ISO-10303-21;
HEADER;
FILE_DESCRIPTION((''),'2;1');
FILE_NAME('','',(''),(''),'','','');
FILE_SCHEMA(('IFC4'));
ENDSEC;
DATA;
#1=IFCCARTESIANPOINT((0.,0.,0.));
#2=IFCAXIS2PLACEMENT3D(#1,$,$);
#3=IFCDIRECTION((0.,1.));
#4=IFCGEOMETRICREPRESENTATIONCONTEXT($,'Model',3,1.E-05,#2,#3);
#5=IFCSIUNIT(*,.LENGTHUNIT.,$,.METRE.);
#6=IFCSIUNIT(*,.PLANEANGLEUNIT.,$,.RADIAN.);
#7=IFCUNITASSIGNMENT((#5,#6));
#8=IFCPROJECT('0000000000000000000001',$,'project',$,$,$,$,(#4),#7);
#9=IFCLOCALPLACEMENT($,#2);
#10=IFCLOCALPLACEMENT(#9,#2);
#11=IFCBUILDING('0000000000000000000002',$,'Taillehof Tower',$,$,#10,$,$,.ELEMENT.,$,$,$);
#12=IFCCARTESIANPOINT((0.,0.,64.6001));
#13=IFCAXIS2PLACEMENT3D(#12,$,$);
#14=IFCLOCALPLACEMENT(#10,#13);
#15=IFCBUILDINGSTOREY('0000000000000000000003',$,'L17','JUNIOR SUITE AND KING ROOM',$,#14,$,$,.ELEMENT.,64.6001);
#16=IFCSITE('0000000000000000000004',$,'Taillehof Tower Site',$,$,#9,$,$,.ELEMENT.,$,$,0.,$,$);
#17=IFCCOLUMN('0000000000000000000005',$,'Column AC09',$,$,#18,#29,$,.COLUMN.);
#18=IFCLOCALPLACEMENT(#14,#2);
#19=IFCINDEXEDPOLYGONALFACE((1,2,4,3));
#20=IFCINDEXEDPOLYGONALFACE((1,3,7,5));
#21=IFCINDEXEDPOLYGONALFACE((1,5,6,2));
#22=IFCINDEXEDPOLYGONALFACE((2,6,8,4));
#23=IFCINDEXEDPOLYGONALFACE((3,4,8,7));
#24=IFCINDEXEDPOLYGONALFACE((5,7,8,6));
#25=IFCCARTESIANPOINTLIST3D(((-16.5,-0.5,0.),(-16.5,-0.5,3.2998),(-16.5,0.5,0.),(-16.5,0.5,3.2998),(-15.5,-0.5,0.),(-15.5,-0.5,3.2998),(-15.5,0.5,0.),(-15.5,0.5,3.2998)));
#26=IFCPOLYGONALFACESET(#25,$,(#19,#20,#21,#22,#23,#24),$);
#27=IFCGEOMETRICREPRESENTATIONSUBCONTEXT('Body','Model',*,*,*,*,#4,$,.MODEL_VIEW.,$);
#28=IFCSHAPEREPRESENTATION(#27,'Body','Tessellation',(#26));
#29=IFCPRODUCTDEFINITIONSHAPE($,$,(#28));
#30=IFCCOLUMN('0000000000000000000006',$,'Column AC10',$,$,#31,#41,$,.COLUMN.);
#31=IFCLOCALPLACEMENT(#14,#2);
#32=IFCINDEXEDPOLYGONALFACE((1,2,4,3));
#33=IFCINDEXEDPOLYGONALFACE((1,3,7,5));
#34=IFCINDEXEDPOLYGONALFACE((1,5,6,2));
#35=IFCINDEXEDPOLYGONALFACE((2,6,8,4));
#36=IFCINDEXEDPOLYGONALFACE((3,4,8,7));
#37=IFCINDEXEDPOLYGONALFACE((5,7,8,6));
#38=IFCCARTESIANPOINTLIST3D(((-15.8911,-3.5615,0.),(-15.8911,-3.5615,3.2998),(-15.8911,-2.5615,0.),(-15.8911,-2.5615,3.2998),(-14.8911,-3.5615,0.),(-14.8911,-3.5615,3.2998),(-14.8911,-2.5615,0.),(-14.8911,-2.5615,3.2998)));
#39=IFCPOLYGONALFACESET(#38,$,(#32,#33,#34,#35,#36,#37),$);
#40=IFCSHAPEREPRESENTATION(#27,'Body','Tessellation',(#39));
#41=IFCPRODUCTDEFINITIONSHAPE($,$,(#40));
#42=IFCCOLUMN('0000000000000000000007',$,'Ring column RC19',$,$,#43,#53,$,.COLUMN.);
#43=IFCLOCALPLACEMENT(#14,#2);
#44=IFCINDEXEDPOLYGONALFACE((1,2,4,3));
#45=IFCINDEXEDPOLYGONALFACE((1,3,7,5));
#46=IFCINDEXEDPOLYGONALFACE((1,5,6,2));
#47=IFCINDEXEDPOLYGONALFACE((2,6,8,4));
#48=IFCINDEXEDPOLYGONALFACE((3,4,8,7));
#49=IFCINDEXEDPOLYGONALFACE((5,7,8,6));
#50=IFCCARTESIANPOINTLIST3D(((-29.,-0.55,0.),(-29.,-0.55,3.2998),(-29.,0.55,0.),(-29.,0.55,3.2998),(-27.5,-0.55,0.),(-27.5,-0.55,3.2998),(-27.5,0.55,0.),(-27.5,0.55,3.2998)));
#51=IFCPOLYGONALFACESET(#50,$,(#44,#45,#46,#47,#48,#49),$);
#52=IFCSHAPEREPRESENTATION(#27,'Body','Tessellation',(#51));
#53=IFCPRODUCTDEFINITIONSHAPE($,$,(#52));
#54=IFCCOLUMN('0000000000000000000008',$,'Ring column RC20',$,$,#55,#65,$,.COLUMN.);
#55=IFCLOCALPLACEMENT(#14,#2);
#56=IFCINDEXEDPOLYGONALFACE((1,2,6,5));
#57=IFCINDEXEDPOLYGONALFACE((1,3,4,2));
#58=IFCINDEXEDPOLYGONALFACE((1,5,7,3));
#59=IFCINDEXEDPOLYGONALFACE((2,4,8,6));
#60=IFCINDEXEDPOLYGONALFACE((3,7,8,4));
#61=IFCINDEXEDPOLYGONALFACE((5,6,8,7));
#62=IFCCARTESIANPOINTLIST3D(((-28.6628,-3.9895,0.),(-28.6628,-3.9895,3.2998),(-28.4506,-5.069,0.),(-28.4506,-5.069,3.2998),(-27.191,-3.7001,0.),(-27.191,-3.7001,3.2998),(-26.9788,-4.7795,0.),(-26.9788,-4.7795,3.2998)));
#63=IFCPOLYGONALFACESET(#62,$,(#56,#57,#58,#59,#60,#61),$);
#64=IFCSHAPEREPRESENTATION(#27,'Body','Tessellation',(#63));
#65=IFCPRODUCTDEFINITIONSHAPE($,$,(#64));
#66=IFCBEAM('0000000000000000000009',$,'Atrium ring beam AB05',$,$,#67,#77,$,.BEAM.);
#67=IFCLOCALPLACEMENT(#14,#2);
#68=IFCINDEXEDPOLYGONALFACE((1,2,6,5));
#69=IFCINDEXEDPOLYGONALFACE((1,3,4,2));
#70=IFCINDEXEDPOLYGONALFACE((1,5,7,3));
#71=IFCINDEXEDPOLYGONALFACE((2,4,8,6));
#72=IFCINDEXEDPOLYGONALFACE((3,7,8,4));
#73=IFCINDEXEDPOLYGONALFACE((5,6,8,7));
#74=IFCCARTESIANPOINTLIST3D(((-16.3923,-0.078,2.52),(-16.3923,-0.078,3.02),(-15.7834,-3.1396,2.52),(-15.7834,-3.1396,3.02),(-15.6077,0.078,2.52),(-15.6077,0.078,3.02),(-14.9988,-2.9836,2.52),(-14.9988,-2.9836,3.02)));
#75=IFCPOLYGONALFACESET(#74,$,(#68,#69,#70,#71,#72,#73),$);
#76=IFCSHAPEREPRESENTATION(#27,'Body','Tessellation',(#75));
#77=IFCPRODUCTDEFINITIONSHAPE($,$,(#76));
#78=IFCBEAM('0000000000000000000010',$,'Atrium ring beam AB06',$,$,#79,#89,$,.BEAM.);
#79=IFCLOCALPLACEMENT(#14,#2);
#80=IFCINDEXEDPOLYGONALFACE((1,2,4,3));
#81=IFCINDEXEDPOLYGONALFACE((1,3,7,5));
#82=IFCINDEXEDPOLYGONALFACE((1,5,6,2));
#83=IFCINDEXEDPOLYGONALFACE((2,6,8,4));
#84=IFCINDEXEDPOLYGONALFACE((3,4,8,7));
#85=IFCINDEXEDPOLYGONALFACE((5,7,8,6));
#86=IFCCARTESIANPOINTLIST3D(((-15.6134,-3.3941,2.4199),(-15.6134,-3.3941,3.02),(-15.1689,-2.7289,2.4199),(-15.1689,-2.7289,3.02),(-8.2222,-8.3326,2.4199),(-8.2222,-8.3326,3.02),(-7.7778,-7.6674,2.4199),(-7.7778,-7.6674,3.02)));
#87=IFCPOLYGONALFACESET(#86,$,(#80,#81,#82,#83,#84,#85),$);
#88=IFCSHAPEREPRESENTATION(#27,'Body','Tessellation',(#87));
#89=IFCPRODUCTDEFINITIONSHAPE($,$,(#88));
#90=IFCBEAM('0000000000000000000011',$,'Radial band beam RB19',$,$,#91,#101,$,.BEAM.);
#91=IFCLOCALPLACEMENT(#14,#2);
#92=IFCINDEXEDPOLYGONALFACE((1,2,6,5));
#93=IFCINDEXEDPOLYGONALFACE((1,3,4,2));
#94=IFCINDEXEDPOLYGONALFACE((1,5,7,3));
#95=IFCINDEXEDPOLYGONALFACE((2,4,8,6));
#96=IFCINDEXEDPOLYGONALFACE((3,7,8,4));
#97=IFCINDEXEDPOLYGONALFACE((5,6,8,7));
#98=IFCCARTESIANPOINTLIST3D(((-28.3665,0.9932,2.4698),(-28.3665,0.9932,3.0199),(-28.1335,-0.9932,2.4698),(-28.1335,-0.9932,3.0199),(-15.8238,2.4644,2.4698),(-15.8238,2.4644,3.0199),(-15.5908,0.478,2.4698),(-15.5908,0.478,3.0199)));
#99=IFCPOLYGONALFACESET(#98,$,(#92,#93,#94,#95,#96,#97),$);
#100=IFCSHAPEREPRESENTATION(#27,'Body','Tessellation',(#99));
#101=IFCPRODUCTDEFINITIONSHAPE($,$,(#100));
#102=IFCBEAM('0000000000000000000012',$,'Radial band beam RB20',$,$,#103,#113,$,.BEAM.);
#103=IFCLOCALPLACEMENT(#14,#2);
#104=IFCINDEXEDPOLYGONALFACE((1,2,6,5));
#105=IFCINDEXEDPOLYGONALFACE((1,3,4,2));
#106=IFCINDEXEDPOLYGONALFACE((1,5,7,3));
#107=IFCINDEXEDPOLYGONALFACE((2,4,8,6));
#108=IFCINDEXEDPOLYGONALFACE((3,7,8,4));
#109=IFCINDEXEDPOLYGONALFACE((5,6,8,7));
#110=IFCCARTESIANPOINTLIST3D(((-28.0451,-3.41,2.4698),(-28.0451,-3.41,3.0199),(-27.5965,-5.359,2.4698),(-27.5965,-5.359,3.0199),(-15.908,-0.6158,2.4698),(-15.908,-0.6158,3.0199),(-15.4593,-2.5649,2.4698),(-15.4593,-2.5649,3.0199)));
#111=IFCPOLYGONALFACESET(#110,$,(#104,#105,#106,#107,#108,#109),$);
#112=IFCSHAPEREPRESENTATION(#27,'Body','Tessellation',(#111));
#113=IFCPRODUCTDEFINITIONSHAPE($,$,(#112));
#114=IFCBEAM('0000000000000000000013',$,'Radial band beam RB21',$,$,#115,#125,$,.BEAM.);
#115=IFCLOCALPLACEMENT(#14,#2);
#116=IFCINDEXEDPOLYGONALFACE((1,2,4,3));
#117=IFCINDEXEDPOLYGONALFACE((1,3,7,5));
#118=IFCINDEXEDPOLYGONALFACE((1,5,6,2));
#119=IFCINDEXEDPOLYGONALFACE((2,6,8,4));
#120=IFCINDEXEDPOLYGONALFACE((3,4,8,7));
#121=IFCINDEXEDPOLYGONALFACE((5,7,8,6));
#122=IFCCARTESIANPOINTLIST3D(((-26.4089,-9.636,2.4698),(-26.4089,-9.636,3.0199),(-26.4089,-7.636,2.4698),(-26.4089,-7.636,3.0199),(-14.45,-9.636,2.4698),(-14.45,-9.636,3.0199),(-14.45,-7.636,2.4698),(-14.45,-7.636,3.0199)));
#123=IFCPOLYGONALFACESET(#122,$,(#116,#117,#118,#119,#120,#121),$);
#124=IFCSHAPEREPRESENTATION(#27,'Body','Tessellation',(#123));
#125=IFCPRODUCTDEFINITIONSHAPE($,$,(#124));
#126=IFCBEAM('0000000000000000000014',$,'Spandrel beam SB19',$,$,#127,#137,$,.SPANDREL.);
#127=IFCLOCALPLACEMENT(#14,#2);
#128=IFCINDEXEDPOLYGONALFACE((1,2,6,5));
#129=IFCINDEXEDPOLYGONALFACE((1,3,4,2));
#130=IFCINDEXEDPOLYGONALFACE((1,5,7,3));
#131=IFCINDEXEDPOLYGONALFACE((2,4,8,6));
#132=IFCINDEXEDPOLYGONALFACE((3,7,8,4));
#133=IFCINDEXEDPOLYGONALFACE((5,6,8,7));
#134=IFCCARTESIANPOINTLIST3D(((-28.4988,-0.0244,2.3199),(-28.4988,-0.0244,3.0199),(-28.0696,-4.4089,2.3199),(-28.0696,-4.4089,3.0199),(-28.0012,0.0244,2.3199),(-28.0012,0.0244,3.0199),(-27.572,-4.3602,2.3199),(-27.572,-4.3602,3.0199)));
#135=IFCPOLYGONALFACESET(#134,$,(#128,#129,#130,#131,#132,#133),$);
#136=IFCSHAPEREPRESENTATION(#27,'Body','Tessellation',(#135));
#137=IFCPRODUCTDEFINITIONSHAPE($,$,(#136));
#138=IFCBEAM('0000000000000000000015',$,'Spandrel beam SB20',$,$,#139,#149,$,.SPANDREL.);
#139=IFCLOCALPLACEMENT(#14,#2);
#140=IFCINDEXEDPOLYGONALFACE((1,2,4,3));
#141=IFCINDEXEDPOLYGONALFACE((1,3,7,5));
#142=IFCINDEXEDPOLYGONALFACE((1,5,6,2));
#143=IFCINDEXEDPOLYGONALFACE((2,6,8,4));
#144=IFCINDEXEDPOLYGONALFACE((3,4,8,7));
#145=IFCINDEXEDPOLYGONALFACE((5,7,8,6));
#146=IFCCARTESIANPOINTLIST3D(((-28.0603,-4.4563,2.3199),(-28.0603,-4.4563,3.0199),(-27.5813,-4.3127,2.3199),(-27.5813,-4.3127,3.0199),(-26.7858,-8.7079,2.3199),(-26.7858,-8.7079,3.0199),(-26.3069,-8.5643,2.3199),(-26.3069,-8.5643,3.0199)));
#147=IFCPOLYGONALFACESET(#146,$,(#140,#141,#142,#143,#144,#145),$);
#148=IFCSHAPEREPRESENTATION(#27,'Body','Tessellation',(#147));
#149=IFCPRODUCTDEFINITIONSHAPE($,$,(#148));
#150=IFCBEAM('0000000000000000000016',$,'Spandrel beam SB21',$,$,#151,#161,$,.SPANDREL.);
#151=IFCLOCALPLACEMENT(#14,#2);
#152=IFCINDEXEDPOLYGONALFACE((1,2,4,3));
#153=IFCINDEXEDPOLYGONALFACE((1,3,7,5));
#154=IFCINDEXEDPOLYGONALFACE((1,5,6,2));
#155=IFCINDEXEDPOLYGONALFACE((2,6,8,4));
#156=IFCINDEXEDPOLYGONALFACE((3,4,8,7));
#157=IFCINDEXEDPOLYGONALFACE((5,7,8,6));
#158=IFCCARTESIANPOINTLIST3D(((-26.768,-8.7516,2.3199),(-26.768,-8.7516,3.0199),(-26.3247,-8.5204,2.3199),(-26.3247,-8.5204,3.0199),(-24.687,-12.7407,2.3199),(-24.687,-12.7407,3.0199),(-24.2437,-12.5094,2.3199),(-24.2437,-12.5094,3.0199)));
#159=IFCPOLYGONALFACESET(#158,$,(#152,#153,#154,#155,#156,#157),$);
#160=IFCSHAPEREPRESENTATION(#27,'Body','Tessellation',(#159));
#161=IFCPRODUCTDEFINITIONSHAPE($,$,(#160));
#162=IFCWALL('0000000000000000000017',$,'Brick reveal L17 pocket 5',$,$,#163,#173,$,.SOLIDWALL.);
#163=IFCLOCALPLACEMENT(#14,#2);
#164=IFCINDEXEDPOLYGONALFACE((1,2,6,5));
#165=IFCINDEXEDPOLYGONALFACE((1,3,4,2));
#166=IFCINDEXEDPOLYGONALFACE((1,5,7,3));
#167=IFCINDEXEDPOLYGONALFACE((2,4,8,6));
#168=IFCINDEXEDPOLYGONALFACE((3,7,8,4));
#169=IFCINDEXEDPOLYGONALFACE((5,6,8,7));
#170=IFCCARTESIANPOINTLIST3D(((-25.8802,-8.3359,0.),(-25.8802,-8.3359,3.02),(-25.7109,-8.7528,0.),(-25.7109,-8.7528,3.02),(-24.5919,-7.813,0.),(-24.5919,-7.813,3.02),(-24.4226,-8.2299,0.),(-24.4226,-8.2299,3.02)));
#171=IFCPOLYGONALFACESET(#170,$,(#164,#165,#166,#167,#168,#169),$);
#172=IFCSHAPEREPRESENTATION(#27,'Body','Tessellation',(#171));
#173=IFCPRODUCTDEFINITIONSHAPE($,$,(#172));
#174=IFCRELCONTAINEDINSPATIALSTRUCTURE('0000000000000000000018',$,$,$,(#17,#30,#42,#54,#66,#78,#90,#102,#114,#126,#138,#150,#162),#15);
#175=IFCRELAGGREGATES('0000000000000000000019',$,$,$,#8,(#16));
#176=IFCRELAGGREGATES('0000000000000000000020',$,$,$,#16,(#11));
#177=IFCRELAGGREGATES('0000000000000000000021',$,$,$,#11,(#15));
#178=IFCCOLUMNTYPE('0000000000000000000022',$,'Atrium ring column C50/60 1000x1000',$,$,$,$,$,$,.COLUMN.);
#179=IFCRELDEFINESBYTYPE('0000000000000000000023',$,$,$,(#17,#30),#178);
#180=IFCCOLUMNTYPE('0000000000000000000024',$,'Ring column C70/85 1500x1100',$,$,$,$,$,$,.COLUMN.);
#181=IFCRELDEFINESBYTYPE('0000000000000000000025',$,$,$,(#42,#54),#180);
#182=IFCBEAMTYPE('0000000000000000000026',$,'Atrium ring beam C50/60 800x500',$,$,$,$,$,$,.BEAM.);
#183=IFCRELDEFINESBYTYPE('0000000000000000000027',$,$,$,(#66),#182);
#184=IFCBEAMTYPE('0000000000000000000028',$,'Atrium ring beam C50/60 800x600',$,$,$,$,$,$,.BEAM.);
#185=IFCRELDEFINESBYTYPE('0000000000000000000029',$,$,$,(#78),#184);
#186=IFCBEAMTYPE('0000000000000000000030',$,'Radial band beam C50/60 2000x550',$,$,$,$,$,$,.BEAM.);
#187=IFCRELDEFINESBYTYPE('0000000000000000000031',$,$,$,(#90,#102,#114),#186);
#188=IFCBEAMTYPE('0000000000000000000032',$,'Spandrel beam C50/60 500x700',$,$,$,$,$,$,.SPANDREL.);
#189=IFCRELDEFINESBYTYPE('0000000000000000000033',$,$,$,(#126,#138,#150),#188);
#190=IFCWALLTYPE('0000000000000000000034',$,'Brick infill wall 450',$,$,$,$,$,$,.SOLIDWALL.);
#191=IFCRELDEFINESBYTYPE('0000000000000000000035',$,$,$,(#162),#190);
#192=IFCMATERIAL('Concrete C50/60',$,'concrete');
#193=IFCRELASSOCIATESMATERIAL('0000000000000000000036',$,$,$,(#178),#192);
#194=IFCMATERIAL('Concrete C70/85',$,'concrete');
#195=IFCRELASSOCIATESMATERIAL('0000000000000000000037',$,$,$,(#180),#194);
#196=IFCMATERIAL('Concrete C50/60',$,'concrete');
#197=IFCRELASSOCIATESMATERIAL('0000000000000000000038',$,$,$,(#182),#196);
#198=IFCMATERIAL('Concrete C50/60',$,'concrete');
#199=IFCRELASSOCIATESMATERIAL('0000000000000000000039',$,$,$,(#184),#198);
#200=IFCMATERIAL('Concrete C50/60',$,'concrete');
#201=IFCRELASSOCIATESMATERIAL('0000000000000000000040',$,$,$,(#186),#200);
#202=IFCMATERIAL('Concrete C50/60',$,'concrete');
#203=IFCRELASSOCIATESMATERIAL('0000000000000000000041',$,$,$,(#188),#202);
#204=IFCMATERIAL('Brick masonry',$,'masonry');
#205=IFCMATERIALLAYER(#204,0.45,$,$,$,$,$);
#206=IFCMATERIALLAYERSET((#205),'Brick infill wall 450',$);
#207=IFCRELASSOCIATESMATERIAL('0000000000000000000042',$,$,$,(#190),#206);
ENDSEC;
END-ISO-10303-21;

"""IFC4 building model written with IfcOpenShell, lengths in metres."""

from ifc_helpers import new_model, si_unit, direction, frame, frame_2d, origin, origin_2d, place, context, subcontext, project, spatial, rectangle, extrude, material, layer, layer_set, material_profile, profile_set, type_object, element, save


model = new_model("IFC4")

# Units and contexts
model_context = context("Model", 3, precision=1e-05, world=origin(), true_north=direction((0.0, 1.0)))
body_context = subcontext(model_context, "Body", "Model", "MODEL_VIEW")
ifc_project = project(units=[si_unit("LENGTHUNIT", "METRE"), si_unit("PLANEANGLEUNIT", "RADIAN")], contexts=[model_context])

# Site, building, storey
site_placement = place(None, origin())
site = spatial("IfcSite", under=ifc_project, at=site_placement, Name="Taillehof Tower Site", CompositionType="ELEMENT", RefElevation=0.0)
building_placement = place(site_placement, origin())
building = spatial("IfcBuilding", under=site, at=building_placement, Name="Taillehof Tower", CompositionType="ELEMENT")
storey_placement = place(building_placement, frame((0.0, 0.0, 64.6001)))
storey = spatial("IfcBuildingStorey", under=building, at=storey_placement, Name="L17", Description="JUNIOR SUITE AND KING ROOM", CompositionType="ELEMENT", Elevation=64.6001)

# Columns
ifc_material_1 = material(Name="Concrete C50/60", Category="concrete")
ifc_material_profile_1 = material_profile(ifc_material_1, rectangle(XDim=1.0, YDim=1.0, at=origin_2d()), Name="RC 1000x1000")
ifc_profile_set_1 = profile_set([ifc_material_profile_1], Name="Concrete C50/60")
column_type_1 = type_object("IfcColumnType", Name="Atrium ring column C50/60 1000x1000", PredefinedType="COLUMN", material=ifc_profile_set_1)
for number, where, z_axis, x_axis, name in (
    (1, (-16.0, 0.0, 0.0), (0.0, 0.0, 1.0), (1.0, 0.0, 0.0), "Column AC09"),
    (2, (-15.3911, -3.0615, 0.0), (0.0, 0.0, 1.0), (1.0, 0.0, 0.0), "Column AC10"),
):
    element("IfcColumn", number, at=place(storey_placement, frame(where, z_axis=z_axis, x_axis=x_axis)), inside=storey, type_object=column_type_1, Name=name, PredefinedType="COLUMN", context=body_context, shape_type="SweptSolid", body=[
        extrude(rectangle(XDim=1.0, YDim=1.0, at=origin_2d()), origin(), (0.0, 0.0, 1.0), 3.2998),
    ])
ifc_material_2 = material(Name="Concrete C70/85", Category="concrete")
ifc_material_profile_2 = material_profile(ifc_material_2, rectangle(XDim=1.5, YDim=1.1001, at=origin_2d()), Name="RC 1500x1100")
ifc_profile_set_2 = profile_set([ifc_material_profile_2], Name="Concrete C70/85")
column_type_2 = type_object("IfcColumnType", Name="Ring column C70/85 1500x1100", PredefinedType="COLUMN", material=ifc_profile_set_2)
for number, where, z_axis, x_axis, name in (
    (3, (-28.25, 0.0, 0.0), (0.0, 0.0, 1.0), (-1.0, 0.0, 0.0), "Ring column RC19"),
    (4, (-27.8208, -4.3845, 0.0), (0.0, 0.0, 1.0), (-0.981204, -0.192976, 0.0), "Ring column RC20"),
):
    element("IfcColumn", number, at=place(storey_placement, frame(where, z_axis=z_axis, x_axis=x_axis)), inside=storey, type_object=column_type_2, Name=name, PredefinedType="COLUMN", context=body_context, shape_type="SweptSolid", body=[
        extrude(rectangle(XDim=1.5, YDim=1.1001, at=origin_2d()), origin(), (0.0, 0.0, 1.0), 3.2998),
    ])

# Beams
ifc_material_3 = material(Name="Concrete C50/60", Category="concrete")
ifc_material_profile_3 = material_profile(ifc_material_3, rectangle(XDim=0.8, YDim=0.5, at=origin_2d()), Name="RC 800x500")
ifc_profile_set_3 = profile_set([ifc_material_profile_3], Name="Concrete C50/60")
beam_type_1 = type_object("IfcBeamType", Name="Atrium ring beam C50/60 800x500", PredefinedType="BEAM", material=ifc_profile_set_3)
beam_1_placement = place(storey_placement, frame((-16.0, 0.0, 2.77), z_axis=(0.195063, -0.980791, 0.0), x_axis=(0.980791, 0.195063, 0.0)))
element("IfcBeam", 5, at=beam_1_placement, inside=storey, type_object=beam_type_1, Name="Atrium ring beam AB05", PredefinedType="BEAM", context=body_context, shape_type="SweptSolid", body=[
    extrude(rectangle(XDim=0.8, YDim=0.5, at=origin_2d()), origin(), (0.0, 0.0, 1.0), 3.1216),
])
ifc_material_4 = material(Name="Concrete C50/60", Category="concrete")
ifc_material_profile_4 = material_profile(ifc_material_4, rectangle(XDim=0.8, YDim=0.6001, at=origin_2d()), Name="RC 800x600")
ifc_profile_set_4 = profile_set([ifc_material_profile_4], Name="Concrete C50/60")
beam_type_2 = type_object("IfcBeamType", Name="Atrium ring beam C50/60 800x600", PredefinedType="BEAM", material=ifc_profile_set_4)
beam_2_placement = place(storey_placement, frame((-15.3911, -3.0615, 2.72), z_axis=(0.831475, -0.555562, 0.0), x_axis=(0.555562, 0.831475, 0.0)))
element("IfcBeam", 6, at=beam_2_placement, inside=storey, type_object=beam_type_2, Name="Atrium ring beam AB06", PredefinedType="BEAM", context=body_context, shape_type="SweptSolid", body=[
    extrude(rectangle(XDim=0.8, YDim=0.6001, at=origin_2d()), origin(), (0.0, 0.0, 1.0), 8.8892),
])
ifc_material_5 = material(Name="Concrete C50/60", Category="concrete")
ifc_material_profile_5 = material_profile(ifc_material_5, rectangle(XDim=2.0, YDim=0.55, at=origin_2d()), Name="RC 2000x550")
ifc_profile_set_5 = profile_set([ifc_material_profile_5], Name="Concrete C50/60")
beam_type_3 = type_object("IfcBeamType", Name="Radial band beam C50/60 2000x550", PredefinedType="BEAM", material=ifc_profile_set_5)
beam_3_placement = place(storey_placement, frame((-28.25, 0.0, 2.7449), z_axis=(0.993191, 0.116496, 0.0), x_axis=(-0.116496, 0.993191, 0.0)))
element("IfcBeam", 7, at=beam_3_placement, inside=storey, type_object=beam_type_3, Name="Radial band beam RB19", PredefinedType="BEAM", context=body_context, shape_type="SweptSolid", body=[
    extrude(rectangle(XDim=2.0, YDim=0.55, at=origin_2d()), origin(), (0.0, 0.0, 1.0), 12.6287),
])
beam_4_placement = place(storey_placement, frame((-27.8208, -4.3845, 2.7449), z_axis=(0.974509, 0.224348, 0.0), x_axis=(-0.224348, 0.974509, 0.0)))
element("IfcBeam", 8, at=beam_4_placement, inside=storey, type_object=beam_type_3, Name="Radial band beam RB20", PredefinedType="BEAM", context=body_context, shape_type="SweptSolid", body=[
    extrude(rectangle(XDim=2.0, YDim=0.55, at=origin_2d()), origin(), (0.0, 0.0, 1.0), 12.4546),
])
beam_5_placement = place(storey_placement, frame((-26.4089, -8.636, 2.7449), z_axis=(1.0, 0.0, 0.0), x_axis=(0.0, 1.0, 0.0)))
element("IfcBeam", 9, at=beam_5_placement, inside=storey, type_object=beam_type_3, Name="Radial band beam RB21", PredefinedType="BEAM", context=body_context, shape_type="SweptSolid", body=[
    extrude(rectangle(XDim=2.0, YDim=0.55, at=origin_2d()), origin(), (0.0, 0.0, 1.0), 11.959),
])
ifc_material_6 = material(Name="Concrete C50/60", Category="concrete")
ifc_material_profile_6 = material_profile(ifc_material_6, rectangle(XDim=0.5, YDim=0.7, at=origin_2d()), Name="RC 500x700")
ifc_profile_set_6 = profile_set([ifc_material_profile_6], Name="Concrete C50/60")
beam_type_4 = type_object("IfcBeamType", Name="Spandrel beam C50/60 500x700", PredefinedType="SPANDREL", material=ifc_profile_set_6)
beam_6_placement = place(storey_placement, frame((-28.25, 0.0, 2.6699), z_axis=(0.097424, -0.995243, 0.0), x_axis=(0.995243, 0.097424, 0.0)))
element("IfcBeam", 10, at=beam_6_placement, inside=storey, type_object=beam_type_4, Name="Spandrel beam SB19", PredefinedType="SPANDREL", context=body_context, shape_type="SweptSolid", body=[
    extrude(rectangle(XDim=0.5, YDim=0.7, at=origin_2d()), origin(), (0.0, 0.0, 1.0), 4.4055),
])
beam_7_placement = place(storey_placement, frame((-27.8208, -4.3845, 2.6699), z_axis=(0.287136, -0.95789, 0.0), x_axis=(0.95789, 0.287136, 0.0)))
element("IfcBeam", 11, at=beam_7_placement, inside=storey, type_object=beam_type_4, Name="Spandrel beam SB20", PredefinedType="SPANDREL", context=body_context, shape_type="SweptSolid", body=[
    extrude(rectangle(XDim=0.5, YDim=0.7, at=origin_2d()), origin(), (0.0, 0.0, 1.0), 4.4385),
])
beam_8_placement = place(storey_placement, frame((-26.5464, -8.636, 2.6699), z_axis=(0.462536, -0.8866, 0.0), x_axis=(0.8866, 0.462536, 0.0)))
element("IfcBeam", 12, at=beam_8_placement, inside=storey, type_object=beam_type_4, Name="Spandrel beam SB21", PredefinedType="SPANDREL", context=body_context, shape_type="SweptSolid", body=[
    extrude(rectangle(XDim=0.5, YDim=0.7, at=origin_2d()), origin(), (0.0, 0.0, 1.0), 4.4993),
])

# Wall
ifc_material_7 = material(Name="Brick masonry", Category="masonry")
ifc_layer_1 = layer(ifc_material_7, 0.45)
ifc_layer_set_1 = layer_set([ifc_layer_1], Name="Brick infill wall 450")
wall_type_1 = type_object("IfcWallType", Name="Brick infill wall 450", PredefinedType="SOLIDWALL", material=ifc_layer_set_1)
wall_1_placement = place(storey_placement, frame((-25.7957, -8.5444, 0.0), z_axis=(0.0, 0.0, 1.0), x_axis=(0.926576, 0.376109, 0.0)))
element("IfcWall", 13, at=wall_1_placement, inside=storey, type_object=wall_type_1, Name="Brick reveal L17 pocket 5", PredefinedType="SOLIDWALL", context=body_context, shape_type="SweptSolid", body=[
    extrude(rectangle(XDim=1.3904, YDim=0.45, at=frame_2d((0.6953, 0.0))), origin(), (0.0, 0.0, 1.0), 3.02),
])

save(model, "model.ifc")
